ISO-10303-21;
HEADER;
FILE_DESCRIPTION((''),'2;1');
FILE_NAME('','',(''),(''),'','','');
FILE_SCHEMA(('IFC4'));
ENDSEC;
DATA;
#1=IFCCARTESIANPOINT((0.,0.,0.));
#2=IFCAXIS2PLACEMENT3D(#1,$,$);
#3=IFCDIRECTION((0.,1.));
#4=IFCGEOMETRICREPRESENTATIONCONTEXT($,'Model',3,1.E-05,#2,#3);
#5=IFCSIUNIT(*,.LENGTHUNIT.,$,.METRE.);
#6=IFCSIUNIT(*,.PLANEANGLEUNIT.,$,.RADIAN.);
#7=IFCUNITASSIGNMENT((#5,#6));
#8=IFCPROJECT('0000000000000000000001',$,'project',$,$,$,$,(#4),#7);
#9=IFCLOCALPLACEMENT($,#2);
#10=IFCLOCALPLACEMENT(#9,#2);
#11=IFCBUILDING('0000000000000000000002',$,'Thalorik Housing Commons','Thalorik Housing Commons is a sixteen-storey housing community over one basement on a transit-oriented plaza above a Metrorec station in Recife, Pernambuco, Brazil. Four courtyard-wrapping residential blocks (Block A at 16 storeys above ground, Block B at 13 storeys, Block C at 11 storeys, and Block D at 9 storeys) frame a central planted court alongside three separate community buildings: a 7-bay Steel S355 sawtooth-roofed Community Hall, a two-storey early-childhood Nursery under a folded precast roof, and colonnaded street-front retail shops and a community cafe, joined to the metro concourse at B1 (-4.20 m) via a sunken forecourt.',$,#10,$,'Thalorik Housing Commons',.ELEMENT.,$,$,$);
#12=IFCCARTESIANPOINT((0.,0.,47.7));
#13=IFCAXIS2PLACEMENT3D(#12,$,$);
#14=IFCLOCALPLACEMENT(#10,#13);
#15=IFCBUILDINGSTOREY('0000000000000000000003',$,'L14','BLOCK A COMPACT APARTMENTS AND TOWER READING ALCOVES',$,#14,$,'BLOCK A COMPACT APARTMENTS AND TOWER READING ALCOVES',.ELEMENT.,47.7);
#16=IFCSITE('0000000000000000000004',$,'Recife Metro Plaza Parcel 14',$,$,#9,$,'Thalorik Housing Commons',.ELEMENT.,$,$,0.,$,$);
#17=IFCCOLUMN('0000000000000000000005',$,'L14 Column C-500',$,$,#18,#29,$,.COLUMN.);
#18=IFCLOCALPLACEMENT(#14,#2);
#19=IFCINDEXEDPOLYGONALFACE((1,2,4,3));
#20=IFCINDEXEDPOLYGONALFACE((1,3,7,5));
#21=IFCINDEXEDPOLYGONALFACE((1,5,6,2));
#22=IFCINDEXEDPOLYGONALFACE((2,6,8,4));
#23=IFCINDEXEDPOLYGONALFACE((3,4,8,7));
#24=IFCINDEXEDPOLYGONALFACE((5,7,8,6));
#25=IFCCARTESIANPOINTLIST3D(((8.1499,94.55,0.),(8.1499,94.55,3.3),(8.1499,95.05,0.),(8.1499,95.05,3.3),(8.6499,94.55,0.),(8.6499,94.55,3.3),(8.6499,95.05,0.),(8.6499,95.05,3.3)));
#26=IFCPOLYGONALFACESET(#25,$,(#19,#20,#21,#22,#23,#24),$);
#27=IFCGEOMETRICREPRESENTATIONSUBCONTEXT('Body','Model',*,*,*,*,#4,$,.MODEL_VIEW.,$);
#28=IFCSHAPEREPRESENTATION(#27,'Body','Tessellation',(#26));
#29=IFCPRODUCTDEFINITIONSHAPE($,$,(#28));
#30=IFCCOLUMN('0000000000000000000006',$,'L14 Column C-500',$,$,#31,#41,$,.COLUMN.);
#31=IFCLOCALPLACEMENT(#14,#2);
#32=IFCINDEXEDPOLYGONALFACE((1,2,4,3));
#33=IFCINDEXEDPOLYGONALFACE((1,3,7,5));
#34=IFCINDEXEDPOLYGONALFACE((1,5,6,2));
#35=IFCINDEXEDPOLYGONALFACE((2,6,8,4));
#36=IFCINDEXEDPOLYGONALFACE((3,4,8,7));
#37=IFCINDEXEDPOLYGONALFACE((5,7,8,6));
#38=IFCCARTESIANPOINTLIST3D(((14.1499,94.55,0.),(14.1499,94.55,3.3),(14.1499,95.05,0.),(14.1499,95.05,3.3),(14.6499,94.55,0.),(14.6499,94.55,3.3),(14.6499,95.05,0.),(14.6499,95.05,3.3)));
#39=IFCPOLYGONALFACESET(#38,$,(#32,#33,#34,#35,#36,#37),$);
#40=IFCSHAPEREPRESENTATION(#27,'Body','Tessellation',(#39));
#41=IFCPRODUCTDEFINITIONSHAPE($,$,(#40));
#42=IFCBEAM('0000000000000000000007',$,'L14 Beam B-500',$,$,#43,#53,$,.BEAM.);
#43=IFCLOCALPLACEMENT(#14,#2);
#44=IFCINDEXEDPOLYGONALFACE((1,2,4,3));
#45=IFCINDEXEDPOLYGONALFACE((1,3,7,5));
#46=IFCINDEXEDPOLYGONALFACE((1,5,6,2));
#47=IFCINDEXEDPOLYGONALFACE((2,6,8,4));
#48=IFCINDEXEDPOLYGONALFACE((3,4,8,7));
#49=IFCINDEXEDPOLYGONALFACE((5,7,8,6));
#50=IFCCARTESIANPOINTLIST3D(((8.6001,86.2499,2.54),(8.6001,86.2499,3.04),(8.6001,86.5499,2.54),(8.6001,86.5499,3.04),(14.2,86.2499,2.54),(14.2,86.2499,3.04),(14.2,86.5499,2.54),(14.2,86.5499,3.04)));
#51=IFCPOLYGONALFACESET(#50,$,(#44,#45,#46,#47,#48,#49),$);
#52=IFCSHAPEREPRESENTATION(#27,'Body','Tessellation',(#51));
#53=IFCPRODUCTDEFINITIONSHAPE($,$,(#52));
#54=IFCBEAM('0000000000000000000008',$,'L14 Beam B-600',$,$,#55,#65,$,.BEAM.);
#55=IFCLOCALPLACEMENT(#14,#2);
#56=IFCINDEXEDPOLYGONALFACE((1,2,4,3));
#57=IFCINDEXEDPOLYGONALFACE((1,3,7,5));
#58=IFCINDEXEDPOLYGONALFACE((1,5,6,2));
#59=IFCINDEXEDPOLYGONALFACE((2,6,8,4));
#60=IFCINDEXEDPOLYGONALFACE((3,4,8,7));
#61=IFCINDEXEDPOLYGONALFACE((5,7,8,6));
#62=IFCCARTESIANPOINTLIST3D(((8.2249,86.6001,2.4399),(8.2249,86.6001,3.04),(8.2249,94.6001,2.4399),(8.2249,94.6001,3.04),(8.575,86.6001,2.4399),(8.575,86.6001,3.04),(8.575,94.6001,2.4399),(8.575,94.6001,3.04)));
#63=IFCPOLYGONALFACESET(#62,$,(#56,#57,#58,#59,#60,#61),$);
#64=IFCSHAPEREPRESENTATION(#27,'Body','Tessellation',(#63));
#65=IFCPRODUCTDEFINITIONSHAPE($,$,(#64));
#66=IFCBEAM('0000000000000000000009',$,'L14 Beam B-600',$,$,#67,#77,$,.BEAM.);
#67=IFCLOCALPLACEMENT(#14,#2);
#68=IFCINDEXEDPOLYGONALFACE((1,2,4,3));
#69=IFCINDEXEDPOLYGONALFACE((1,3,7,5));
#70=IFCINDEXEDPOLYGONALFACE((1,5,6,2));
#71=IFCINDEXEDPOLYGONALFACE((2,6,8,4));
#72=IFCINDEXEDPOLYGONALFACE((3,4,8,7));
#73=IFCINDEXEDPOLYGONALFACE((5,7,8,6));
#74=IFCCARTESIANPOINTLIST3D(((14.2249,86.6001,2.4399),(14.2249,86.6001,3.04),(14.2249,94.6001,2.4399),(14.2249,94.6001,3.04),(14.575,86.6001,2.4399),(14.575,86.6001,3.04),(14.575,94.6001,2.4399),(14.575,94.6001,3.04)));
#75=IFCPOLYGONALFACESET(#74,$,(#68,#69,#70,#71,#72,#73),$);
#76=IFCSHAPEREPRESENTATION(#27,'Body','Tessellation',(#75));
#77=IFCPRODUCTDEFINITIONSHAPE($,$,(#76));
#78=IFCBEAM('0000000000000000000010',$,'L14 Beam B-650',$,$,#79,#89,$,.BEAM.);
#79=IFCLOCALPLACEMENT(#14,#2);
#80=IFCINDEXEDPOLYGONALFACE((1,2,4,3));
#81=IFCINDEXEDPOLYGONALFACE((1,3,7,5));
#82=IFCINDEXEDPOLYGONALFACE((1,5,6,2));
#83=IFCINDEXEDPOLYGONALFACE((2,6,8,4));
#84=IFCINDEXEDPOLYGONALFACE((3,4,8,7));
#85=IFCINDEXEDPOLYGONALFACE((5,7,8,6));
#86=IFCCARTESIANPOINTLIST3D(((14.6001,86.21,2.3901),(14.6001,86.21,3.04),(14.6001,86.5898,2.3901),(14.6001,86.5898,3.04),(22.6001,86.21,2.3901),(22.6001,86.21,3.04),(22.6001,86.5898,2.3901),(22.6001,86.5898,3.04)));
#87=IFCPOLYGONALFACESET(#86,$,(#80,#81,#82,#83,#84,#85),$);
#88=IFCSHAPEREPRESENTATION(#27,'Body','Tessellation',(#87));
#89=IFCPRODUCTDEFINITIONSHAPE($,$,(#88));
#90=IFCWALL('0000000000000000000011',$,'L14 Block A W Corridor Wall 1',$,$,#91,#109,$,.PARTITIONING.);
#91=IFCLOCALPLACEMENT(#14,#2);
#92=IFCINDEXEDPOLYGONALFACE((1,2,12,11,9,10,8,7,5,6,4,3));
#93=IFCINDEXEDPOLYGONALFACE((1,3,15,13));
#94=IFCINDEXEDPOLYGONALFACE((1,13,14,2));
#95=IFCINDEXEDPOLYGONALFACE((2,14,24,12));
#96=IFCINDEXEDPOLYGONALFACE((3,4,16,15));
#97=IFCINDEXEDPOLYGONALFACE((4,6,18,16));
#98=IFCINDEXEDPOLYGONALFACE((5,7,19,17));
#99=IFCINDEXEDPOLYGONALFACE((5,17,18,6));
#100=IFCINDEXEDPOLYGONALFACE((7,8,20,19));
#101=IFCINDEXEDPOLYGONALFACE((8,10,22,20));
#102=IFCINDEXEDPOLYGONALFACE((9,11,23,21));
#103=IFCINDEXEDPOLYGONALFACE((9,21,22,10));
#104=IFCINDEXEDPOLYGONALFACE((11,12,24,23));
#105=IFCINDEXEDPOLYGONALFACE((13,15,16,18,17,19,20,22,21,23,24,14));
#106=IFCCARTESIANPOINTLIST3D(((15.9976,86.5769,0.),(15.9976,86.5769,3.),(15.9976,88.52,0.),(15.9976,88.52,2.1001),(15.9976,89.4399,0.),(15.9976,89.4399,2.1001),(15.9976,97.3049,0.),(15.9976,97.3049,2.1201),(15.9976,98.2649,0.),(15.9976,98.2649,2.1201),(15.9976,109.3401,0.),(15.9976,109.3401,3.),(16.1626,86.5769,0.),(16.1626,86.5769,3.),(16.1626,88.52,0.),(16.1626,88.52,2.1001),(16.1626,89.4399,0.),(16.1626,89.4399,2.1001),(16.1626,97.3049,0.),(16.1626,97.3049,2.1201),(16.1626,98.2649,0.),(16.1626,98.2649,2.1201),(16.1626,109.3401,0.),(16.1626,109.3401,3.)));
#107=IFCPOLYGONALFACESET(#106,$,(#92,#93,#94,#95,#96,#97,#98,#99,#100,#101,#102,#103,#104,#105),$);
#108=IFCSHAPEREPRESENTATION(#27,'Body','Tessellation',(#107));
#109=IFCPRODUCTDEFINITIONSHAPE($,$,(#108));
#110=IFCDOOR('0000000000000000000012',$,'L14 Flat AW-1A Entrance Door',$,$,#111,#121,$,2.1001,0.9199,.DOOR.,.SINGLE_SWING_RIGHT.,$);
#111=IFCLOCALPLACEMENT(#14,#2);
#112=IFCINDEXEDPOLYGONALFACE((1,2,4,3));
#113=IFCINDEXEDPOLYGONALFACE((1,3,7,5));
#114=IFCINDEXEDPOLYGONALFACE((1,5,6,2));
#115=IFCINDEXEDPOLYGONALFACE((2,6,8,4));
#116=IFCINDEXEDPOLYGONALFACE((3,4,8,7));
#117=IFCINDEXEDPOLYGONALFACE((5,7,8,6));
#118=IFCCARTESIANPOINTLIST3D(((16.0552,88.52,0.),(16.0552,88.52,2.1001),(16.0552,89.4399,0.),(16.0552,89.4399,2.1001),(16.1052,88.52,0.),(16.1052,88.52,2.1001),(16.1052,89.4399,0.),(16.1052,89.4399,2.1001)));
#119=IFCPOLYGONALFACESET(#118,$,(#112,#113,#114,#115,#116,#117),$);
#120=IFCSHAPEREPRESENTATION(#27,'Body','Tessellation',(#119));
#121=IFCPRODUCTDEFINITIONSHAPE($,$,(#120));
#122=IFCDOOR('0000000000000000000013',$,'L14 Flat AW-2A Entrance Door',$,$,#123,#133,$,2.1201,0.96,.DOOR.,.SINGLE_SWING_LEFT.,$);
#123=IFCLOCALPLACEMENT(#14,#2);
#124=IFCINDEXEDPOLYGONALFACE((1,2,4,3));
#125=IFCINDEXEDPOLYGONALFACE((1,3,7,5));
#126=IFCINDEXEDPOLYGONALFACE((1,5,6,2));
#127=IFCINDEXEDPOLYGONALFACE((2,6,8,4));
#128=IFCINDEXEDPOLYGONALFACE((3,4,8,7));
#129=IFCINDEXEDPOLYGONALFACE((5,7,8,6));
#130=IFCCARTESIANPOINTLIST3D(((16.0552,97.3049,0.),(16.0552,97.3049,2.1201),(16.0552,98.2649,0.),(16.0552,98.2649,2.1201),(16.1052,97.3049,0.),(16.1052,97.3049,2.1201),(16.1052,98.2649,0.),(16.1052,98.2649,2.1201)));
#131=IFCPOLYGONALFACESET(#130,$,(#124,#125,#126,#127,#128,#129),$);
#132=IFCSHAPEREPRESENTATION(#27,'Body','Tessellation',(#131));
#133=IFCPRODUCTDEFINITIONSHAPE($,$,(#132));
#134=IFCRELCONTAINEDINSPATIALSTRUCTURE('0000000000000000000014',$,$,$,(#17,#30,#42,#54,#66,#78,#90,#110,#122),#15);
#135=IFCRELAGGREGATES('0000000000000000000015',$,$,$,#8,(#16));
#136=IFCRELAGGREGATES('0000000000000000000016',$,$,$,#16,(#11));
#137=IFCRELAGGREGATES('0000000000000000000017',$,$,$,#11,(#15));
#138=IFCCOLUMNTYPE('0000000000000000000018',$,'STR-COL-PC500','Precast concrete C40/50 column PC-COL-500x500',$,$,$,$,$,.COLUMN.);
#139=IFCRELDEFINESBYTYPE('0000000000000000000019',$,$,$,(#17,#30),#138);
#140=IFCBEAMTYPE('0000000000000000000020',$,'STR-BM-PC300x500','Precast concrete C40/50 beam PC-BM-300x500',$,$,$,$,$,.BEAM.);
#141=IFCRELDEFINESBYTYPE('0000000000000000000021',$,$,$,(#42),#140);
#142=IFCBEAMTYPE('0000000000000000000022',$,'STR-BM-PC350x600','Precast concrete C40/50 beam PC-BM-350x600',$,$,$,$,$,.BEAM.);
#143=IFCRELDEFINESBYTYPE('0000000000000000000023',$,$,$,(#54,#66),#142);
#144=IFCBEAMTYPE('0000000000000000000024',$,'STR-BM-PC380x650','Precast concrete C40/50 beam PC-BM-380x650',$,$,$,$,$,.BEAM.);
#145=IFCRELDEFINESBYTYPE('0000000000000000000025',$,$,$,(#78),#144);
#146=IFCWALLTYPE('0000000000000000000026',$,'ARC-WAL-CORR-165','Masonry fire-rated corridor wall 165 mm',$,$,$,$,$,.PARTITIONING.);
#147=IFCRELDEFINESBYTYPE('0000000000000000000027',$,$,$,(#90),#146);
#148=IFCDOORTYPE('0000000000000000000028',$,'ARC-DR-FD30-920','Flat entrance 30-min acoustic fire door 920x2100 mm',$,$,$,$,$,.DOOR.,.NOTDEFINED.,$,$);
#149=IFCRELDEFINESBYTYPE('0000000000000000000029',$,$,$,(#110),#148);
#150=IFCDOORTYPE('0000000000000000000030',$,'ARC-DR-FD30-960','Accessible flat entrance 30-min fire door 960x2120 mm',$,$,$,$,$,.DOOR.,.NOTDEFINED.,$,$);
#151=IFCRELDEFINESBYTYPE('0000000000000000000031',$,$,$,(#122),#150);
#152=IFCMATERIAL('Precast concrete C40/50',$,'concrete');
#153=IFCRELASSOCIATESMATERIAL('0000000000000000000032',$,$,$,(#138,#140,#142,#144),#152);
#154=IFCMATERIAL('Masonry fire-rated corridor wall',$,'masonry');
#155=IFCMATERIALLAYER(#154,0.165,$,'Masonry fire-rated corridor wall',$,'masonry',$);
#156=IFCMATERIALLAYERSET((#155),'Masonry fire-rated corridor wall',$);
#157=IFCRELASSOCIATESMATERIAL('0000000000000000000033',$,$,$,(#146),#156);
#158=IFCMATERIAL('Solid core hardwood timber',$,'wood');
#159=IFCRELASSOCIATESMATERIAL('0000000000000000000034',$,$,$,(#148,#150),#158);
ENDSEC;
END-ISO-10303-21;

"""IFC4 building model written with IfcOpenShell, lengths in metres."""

from ifc_helpers import new_model, si_unit, direction, frame, frame_2d, origin, origin_2d, place, context, subcontext, project, spatial, rectangle, extrude, material, layer, layer_set, material_profile, profile_set, type_object, element, fill, save


model = new_model("IFC4")

# Units and contexts
model_context = context("Model", 3, precision=1e-05, world=origin(), true_north=direction((0.0, 1.0)))
body_context = subcontext(model_context, "Body", "Model", "MODEL_VIEW")
ifc_project = project(units=[si_unit("LENGTHUNIT", "METRE"), si_unit("PLANEANGLEUNIT", "RADIAN")], contexts=[model_context])

# Site, building, storey
site_placement = place(None, origin())
site = spatial("IfcSite", under=ifc_project, at=site_placement, Name="Recife Metro Plaza Parcel 14", LongName="Thalorik Housing Commons", CompositionType="ELEMENT", RefElevation=0.0)
building_placement = place(site_placement, origin())
building = spatial("IfcBuilding", under=site, at=building_placement, Name="Thalorik Housing Commons", Description="Thalorik Housing Commons is a sixteen-storey housing community over one basement on a transit-oriented plaza above a Metrorec station in Recife, Pernambuco, Brazil. Four courtyard-wrapping residential blocks (Block A at 16 storeys above ground, Block B at 13 storeys, Block C at 11 storeys, and Block D at 9 storeys) frame a central planted court alongside three separate community buildings: a 7-bay Steel S355 sawtooth-roofed Community Hall, a two-storey early-childhood Nursery under a folded precast roof, and colonnaded street-front retail shops and a community cafe, joined to the metro concourse at B1 (-4.20 m) via a sunken forecourt.", LongName="Thalorik Housing Commons", CompositionType="ELEMENT")
storey_placement = place(building_placement, frame((0.0, 0.0, 47.7)))
storey = spatial("IfcBuildingStorey", under=building, at=storey_placement, Name="L14", Description="BLOCK A COMPACT APARTMENTS AND TOWER READING ALCOVES", LongName="BLOCK A COMPACT APARTMENTS AND TOWER READING ALCOVES", CompositionType="ELEMENT", Elevation=47.7)

# Columns
ifc_material_1 = material(Name="Precast concrete C40/50", Category="concrete")
ifc_material_profile_1 = material_profile(ifc_material_1, rectangle(XDim=0.5, YDim=0.5, at=origin_2d()), Name="PC 500x500", Category="concrete")
ifc_profile_set_1 = profile_set([ifc_material_profile_1], Name="Precast concrete C40/50")
column_type = type_object("IfcColumnType", Name="STR-COL-PC500", Description="Precast concrete C40/50 column PC-COL-500x500", PredefinedType="COLUMN", material=ifc_profile_set_1)
for number, where, z_axis, x_axis, name in (
    (1, (8.3999, 94.8, 0.0), (0.0, 0.0, 1.0), (1.0, 0.0, 0.0), "L14 Column C-500"),
    (2, (14.3999, 94.8, 0.0), (0.0, 0.0, 1.0), (1.0, 0.0, 0.0), "L14 Column C-500"),
):
    element("IfcColumn", number, at=place(storey_placement, frame(where, z_axis=z_axis, x_axis=x_axis)), inside=storey, type_object=column_type, Name=name, PredefinedType="COLUMN", context=body_context, shape_type="SweptSolid", body=[
        extrude(rectangle(XDim=0.5, YDim=0.5, at=origin_2d()), origin(), (0.0, 0.0, 1.0), 3.3),
    ])

# Beams
ifc_material_profile_2 = material_profile(ifc_material_1, rectangle(XDim=0.3, YDim=0.5, at=origin_2d()), Name="PC 300x500", Category="concrete")
ifc_profile_set_2 = profile_set([ifc_material_profile_2], Name="Precast concrete C40/50")
beam_type_1 = type_object("IfcBeamType", Name="STR-BM-PC300x500", Description="Precast concrete C40/50 beam PC-BM-300x500", PredefinedType="BEAM", material=ifc_profile_set_2)
beam_1_placement = place(storey_placement, frame((8.6001, 86.3999, 2.79), z_axis=(1.0, 0.0, 0.0), x_axis=(0.0, 1.0, 0.0)))
element("IfcBeam", 3, at=beam_1_placement, inside=storey, type_object=beam_type_1, Name="L14 Beam B-500", PredefinedType="BEAM", context=body_context, shape_type="SweptSolid", body=[
    extrude(rectangle(XDim=0.3, YDim=0.5, at=origin_2d()), origin(), (0.0, 0.0, 1.0), 5.5999),
])
ifc_material_profile_3 = material_profile(ifc_material_1, rectangle(XDim=0.3501, YDim=0.6001, at=origin_2d()), Name="PC 350x600", Category="concrete")
ifc_profile_set_3 = profile_set([ifc_material_profile_3], Name="Precast concrete C40/50")
beam_type_2 = type_object("IfcBeamType", Name="STR-BM-PC350x600", Description="Precast concrete C40/50 beam PC-BM-350x600", PredefinedType="BEAM", material=ifc_profile_set_3)
for number, where, z_axis, x_axis, name in (
    (4, (8.3999, 86.6001, 2.74), (0.0, 1.0, 0.0), (-1.0, 0.0, 0.0), "L14 Beam B-600"),
    (5, (14.3999, 86.6001, 2.74), (0.0, 1.0, 0.0), (-1.0, 0.0, 0.0), "L14 Beam B-600"),
):
    element("IfcBeam", number, at=place(storey_placement, frame(where, z_axis=z_axis, x_axis=x_axis)), inside=storey, type_object=beam_type_2, Name=name, PredefinedType="BEAM", context=body_context, shape_type="SweptSolid", body=[
        extrude(rectangle(XDim=0.3501, YDim=0.6001, at=origin_2d()), origin(), (0.0, 0.0, 1.0), 8.0),
    ])
ifc_material_profile_4 = material_profile(ifc_material_1, rectangle(XDim=0.3799, YDim=0.6499, at=origin_2d()), Name="PC 380x650", Category="concrete")
ifc_profile_set_4 = profile_set([ifc_material_profile_4], Name="Precast concrete C40/50")
beam_type_3 = type_object("IfcBeamType", Name="STR-BM-PC380x650", Description="Precast concrete C40/50 beam PC-BM-380x650", PredefinedType="BEAM", material=ifc_profile_set_4)
beam_2_placement = place(storey_placement, frame((14.6001, 86.3999, 2.7151), z_axis=(1.0, 0.0, 0.0), x_axis=(0.0, 1.0, 0.0)))
element("IfcBeam", 6, at=beam_2_placement, inside=storey, type_object=beam_type_3, Name="L14 Beam B-650", PredefinedType="BEAM", context=body_context, shape_type="SweptSolid", body=[
    extrude(rectangle(XDim=0.3799, YDim=0.6499, at=origin_2d()), origin(), (0.0, 0.0, 1.0), 8.0),
])

# Wall, openings, doors
ifc_material_2 = material(Name="Masonry fire-rated corridor wall", Category="masonry")
ifc_layer_1 = layer(ifc_material_2, 0.165, Name="Masonry fire-rated corridor wall", Category="masonry")
ifc_layer_set_1 = layer_set([ifc_layer_1], Name="Masonry fire-rated corridor wall")
wall_type_1 = type_object("IfcWallType", Name="ARC-WAL-CORR-165", Description="Masonry fire-rated corridor wall 165 mm", PredefinedType="PARTITIONING", material=ifc_layer_set_1)
wall_1_placement = place(storey_placement, frame((16.0801, 86.5769, 0.0), z_axis=(0.0, 0.0, 1.0), x_axis=(0.0, 1.0, 0.0)))
wall_1 = element("IfcWall", 7, at=wall_1_placement, inside=storey, type_object=wall_type_1, Name="L14 Block A W Corridor Wall 1", PredefinedType="PARTITIONING", context=body_context, shape_type="SweptSolid", body=[
    extrude(rectangle(XDim=22.7632, YDim=0.165, at=frame_2d((11.3816, 0.0))), origin(), (0.0, 0.0, 1.0), 3.0),
])
opening_1_placement = place(wall_1_placement, frame((1.9431, 0.0, 0.0)))
opening_1 = element("IfcOpeningElement", 8, at=opening_1_placement, cuts=wall_1, PredefinedType="OPENING", context=body_context, shape_type="SweptSolid", body=[
    extrude(rectangle(XDim=0.9199, YDim=2.1001, at=frame_2d((0.46, 1.05))), frame((0.0, 0.0925, 0.0), z_axis=(0.0, -1.0, 0.0), x_axis=(1.0, 0.0, 0.0)), (0.0, 0.0, 1.0), 0.1851),
])
opening_2_placement = place(wall_1_placement, frame((10.728, 0.0, 0.0)))
opening_2 = element("IfcOpeningElement", 9, at=opening_2_placement, cuts=wall_1, PredefinedType="OPENING", context=body_context, shape_type="SweptSolid", body=[
    extrude(rectangle(XDim=0.96, YDim=2.1201, at=frame_2d((0.48, 1.0601))), frame((0.0, 0.0925, 0.0), z_axis=(0.0, -1.0, 0.0), x_axis=(1.0, 0.0, 0.0)), (0.0, 0.0, 1.0), 0.1851),
])
ifc_material_3 = material(Name="Solid core hardwood timber", Category="wood")
door_type_1 = type_object("IfcDoorType", Name="ARC-DR-FD30-920", Description="Flat entrance 30-min acoustic fire door 920x2100 mm", OperationType="NOTDEFINED", PredefinedType="DOOR", material=ifc_material_3)
door_1_placement = place(opening_1_placement, origin())
door_1 = element("IfcDoor", 10, at=door_1_placement, inside=storey, type_object=door_type_1, Name="L14 Flat AW-1A Entrance Door", OperationType="SINGLE_SWING_RIGHT", OverallHeight=2.1001, OverallWidth=0.9199, PredefinedType="DOOR", context=body_context, shape_type="SweptSolid", body=[
    extrude(rectangle(XDim=0.9199, YDim=2.1001, at=frame_2d((0.46, 1.05))), frame((0.0, 0.0249, 0.0), z_axis=(0.0, -1.0, 0.0), x_axis=(1.0, 0.0, 0.0)), (0.0, 0.0, 1.0), 0.05),
])
fill(opening_1, door_1)
door_type_2 = type_object("IfcDoorType", Name="ARC-DR-FD30-960", Description="Accessible flat entrance 30-min fire door 960x2120 mm", OperationType="NOTDEFINED", PredefinedType="DOOR", material=ifc_material_3)
door_2_placement = place(opening_2_placement, origin())
door_2 = element("IfcDoor", 11, at=door_2_placement, inside=storey, type_object=door_type_2, Name="L14 Flat AW-2A Entrance Door", OperationType="SINGLE_SWING_LEFT", OverallHeight=2.1201, OverallWidth=0.96, PredefinedType="DOOR", context=body_context, shape_type="SweptSolid", body=[
    extrude(rectangle(XDim=0.96, YDim=2.1201, at=frame_2d((0.48, 1.0601))), frame((0.0, 0.0249, 0.0), z_axis=(0.0, -1.0, 0.0), x_axis=(1.0, 0.0, 0.0)), (0.0, 0.0, 1.0), 0.05),
])
fill(opening_2, door_2)

save(model, "model.ifc")
